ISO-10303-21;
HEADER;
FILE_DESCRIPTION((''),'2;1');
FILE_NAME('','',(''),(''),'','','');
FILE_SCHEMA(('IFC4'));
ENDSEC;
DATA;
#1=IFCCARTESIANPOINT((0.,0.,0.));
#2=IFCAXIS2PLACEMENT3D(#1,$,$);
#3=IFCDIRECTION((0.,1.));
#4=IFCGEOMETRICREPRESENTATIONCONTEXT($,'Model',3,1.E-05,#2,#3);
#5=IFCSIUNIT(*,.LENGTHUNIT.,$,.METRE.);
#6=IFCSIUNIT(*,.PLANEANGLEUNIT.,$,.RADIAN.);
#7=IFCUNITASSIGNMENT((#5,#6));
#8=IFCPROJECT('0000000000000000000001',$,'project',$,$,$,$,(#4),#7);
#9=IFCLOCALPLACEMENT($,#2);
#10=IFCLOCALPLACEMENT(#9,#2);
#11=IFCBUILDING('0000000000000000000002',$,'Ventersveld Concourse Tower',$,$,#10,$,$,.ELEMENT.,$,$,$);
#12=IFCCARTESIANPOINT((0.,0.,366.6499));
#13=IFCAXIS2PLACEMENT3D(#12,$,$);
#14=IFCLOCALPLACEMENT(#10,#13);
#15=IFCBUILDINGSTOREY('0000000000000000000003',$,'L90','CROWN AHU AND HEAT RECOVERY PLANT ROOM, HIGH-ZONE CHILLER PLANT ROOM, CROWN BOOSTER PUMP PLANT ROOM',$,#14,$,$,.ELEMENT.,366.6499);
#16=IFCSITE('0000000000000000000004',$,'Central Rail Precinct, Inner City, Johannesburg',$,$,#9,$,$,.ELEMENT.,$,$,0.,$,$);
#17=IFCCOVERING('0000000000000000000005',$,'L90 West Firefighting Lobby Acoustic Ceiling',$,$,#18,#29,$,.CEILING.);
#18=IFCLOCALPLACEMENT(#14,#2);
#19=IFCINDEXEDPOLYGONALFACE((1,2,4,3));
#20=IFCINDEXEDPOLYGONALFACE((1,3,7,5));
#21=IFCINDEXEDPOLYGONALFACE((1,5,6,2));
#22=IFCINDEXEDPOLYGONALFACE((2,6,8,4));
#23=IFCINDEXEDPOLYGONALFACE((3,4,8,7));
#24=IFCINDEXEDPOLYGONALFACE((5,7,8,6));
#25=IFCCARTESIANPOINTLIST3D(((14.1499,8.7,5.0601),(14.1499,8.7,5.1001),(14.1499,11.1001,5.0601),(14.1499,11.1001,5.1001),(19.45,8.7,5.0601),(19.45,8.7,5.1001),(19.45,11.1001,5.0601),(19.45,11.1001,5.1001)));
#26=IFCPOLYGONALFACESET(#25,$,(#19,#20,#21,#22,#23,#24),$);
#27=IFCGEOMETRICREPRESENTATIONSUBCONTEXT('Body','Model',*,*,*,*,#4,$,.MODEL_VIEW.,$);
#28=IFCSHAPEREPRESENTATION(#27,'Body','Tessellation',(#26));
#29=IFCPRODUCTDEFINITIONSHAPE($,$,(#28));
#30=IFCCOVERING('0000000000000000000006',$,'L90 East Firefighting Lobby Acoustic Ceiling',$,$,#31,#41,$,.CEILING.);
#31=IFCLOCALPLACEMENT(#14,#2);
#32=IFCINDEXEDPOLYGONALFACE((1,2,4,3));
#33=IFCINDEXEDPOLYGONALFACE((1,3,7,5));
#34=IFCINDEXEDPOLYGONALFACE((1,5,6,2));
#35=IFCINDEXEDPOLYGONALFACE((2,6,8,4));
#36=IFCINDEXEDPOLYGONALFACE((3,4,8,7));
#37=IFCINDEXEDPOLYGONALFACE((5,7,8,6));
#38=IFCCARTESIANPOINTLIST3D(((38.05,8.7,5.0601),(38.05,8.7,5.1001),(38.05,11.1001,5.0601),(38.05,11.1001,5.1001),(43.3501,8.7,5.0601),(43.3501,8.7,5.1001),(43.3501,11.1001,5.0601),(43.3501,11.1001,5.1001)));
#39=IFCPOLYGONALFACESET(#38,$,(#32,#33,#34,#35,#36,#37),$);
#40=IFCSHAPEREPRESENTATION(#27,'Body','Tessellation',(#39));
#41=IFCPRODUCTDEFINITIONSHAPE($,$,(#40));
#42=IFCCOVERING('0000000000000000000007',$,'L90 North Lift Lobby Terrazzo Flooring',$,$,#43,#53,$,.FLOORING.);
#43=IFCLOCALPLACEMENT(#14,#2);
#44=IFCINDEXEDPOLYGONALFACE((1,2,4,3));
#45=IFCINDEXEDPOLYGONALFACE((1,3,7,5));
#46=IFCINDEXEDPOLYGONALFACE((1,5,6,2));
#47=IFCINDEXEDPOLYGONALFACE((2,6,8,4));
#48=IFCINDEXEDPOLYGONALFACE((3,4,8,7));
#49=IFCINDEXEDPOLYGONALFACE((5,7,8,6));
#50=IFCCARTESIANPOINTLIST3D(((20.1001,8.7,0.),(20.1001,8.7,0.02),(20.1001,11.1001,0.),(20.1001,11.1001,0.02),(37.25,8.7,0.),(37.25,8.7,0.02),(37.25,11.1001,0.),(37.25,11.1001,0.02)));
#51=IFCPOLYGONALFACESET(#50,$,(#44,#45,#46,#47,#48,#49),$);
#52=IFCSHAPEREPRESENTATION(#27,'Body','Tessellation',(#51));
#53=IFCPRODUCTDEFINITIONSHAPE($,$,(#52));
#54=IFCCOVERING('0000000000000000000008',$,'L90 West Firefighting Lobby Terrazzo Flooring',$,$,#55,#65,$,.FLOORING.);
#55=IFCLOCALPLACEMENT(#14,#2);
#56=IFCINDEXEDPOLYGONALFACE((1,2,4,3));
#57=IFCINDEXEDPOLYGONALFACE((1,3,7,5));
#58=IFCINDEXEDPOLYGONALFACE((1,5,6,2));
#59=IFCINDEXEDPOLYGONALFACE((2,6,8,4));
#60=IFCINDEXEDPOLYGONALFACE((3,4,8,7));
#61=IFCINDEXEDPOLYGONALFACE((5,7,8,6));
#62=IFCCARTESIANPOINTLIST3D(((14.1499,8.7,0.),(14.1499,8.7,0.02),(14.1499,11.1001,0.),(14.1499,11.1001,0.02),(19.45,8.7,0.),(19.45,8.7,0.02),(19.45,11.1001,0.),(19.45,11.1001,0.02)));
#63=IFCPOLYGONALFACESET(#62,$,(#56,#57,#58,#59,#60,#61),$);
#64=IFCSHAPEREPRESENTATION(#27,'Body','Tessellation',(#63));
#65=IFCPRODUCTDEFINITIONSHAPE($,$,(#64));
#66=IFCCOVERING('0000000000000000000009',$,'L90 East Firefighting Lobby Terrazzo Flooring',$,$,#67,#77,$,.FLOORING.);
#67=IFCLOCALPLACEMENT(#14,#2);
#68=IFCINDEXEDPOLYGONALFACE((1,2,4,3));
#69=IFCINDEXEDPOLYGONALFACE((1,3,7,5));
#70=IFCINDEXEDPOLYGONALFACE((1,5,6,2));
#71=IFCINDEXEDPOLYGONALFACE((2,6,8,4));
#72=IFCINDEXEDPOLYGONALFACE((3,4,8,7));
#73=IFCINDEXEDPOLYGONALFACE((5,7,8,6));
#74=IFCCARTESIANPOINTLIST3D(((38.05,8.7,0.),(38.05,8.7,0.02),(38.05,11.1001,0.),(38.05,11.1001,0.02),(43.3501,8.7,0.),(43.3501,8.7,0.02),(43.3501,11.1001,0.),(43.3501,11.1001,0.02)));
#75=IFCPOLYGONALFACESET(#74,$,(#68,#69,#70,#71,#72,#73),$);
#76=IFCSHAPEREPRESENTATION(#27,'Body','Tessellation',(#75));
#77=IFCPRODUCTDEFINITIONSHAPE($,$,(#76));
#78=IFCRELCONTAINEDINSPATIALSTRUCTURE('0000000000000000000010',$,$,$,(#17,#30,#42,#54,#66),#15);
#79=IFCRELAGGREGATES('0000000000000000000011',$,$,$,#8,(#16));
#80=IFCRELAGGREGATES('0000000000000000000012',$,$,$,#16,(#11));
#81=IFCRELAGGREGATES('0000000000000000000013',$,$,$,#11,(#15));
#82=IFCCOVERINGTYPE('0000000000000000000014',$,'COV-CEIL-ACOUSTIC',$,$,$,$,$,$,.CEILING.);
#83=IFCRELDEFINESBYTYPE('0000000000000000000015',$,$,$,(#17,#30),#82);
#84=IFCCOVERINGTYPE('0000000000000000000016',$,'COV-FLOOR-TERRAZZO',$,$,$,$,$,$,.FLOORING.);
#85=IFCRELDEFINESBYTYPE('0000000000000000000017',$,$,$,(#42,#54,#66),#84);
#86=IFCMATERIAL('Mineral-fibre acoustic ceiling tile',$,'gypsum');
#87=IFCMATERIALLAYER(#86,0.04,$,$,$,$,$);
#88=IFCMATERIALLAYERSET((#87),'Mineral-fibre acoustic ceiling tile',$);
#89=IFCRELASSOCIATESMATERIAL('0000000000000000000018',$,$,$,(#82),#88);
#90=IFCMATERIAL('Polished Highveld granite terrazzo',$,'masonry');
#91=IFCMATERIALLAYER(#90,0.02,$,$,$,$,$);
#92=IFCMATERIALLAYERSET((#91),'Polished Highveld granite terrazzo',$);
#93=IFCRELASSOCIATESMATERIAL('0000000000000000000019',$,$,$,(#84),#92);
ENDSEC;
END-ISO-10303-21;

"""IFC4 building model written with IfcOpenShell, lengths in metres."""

from ifc_helpers import new_model, si_unit, direction, frame, origin, place, context, subcontext, project, spatial, polyline, outline, extrude, material, layer, layer_set, type_object, element, save


model = new_model("IFC4")

# Units and contexts
model_context = context("Model", 3, precision=1e-05, world=origin(), true_north=direction((0.0, 1.0)))
body_context = subcontext(model_context, "Body", "Model", "MODEL_VIEW")
ifc_project = project(units=[si_unit("LENGTHUNIT", "METRE"), si_unit("PLANEANGLEUNIT", "RADIAN")], contexts=[model_context])

# Site, building, storey
site_placement = place(None, origin())
site = spatial("IfcSite", under=ifc_project, at=site_placement, Name="Central Rail Precinct, Inner City, Johannesburg", CompositionType="ELEMENT", RefElevation=0.0)
building_placement = place(site_placement, origin())
building = spatial("IfcBuilding", under=site, at=building_placement, Name="Ventersveld Concourse Tower", CompositionType="ELEMENT")
storey_placement = place(building_placement, frame((0.0, 0.0, 366.6499)))
storey = spatial("IfcBuildingStorey", under=building, at=storey_placement, Name="L90", Description="CROWN AHU AND HEAT RECOVERY PLANT ROOM, HIGH-ZONE CHILLER PLANT ROOM, CROWN BOOSTER PUMP PLANT ROOM", CompositionType="ELEMENT", Elevation=366.6499)

# Coverings
ifc_material_1 = material(Name="Mineral-fibre acoustic ceiling tile", Category="gypsum")
ifc_layer_1 = layer(ifc_material_1, 0.04)
ifc_layer_set_1 = layer_set([ifc_layer_1], Name="Mineral-fibre acoustic ceiling tile")
covering_type_1 = type_object("IfcCoveringType", Name="COV-CEIL-ACOUSTIC", PredefinedType="CEILING", material=ifc_layer_set_1)
covering_1_placement = place(storey_placement, frame((0.0, 0.0, 5.0601)))
element("IfcCovering", 1, at=covering_1_placement, inside=storey, type_object=covering_type_1, Name="L90 West Firefighting Lobby Acoustic Ceiling", PredefinedType="CEILING", context=body_context, shape_type="SweptSolid", body=[
    extrude(outline(polyline([(14.1499, 8.7), (19.45, 8.7), (19.45, 11.1001), (14.1499, 11.1001), (14.1499, 8.7)])), origin(), (0.0, 0.0, 1.0), 0.04),
])
covering_2_placement = place(storey_placement, frame((0.0, 0.0, 5.0601)))
element("IfcCovering", 2, at=covering_2_placement, inside=storey, type_object=covering_type_1, Name="L90 East Firefighting Lobby Acoustic Ceiling", PredefinedType="CEILING", context=body_context, shape_type="SweptSolid", body=[
    extrude(outline(polyline([(38.05, 8.7), (43.3501, 8.7), (43.3501, 11.1001), (38.05, 11.1001), (38.05, 8.7)])), origin(), (0.0, 0.0, 1.0), 0.04),
])
ifc_material_2 = material(Name="Polished Highveld granite terrazzo", Category="masonry")
ifc_layer_2 = layer(ifc_material_2, 0.02)
ifc_layer_set_2 = layer_set([ifc_layer_2], Name="Polished Highveld granite terrazzo")
covering_type_2 = type_object("IfcCoveringType", Name="COV-FLOOR-TERRAZZO", PredefinedType="FLOORING", material=ifc_layer_set_2)
covering_3_placement = place(storey_placement, origin())
element("IfcCovering", 3, at=covering_3_placement, inside=storey, type_object=covering_type_2, Name="L90 North Lift Lobby Terrazzo Flooring", PredefinedType="FLOORING", context=body_context, shape_type="SweptSolid", body=[
    extrude(outline(polyline([(20.1001, 8.7), (37.25, 8.7), (37.25, 11.1001), (20.1001, 11.1001), (20.1001, 8.7)])), origin(), (0.0, 0.0, 1.0), 0.02),
])
covering_4_placement = place(storey_placement, origin())
element("IfcCovering", 4, at=covering_4_placement, inside=storey, type_object=covering_type_2, Name="L90 West Firefighting Lobby Terrazzo Flooring", PredefinedType="FLOORING", context=body_context, shape_type="SweptSolid", body=[
    extrude(outline(polyline([(14.1499, 8.7), (19.45, 8.7), (19.45, 11.1001), (14.1499, 11.1001), (14.1499, 8.7)])), origin(), (0.0, 0.0, 1.0), 0.02),
])
covering_5_placement = place(storey_placement, origin())
element("IfcCovering", 5, at=covering_5_placement, inside=storey, type_object=covering_type_2, Name="L90 East Firefighting Lobby Terrazzo Flooring", PredefinedType="FLOORING", context=body_context, shape_type="SweptSolid", body=[
    extrude(outline(polyline([(38.05, 8.7), (43.3501, 8.7), (43.3501, 11.1001), (38.05, 11.1001), (38.05, 8.7)])), origin(), (0.0, 0.0, 1.0), 0.02),
])

save(model, "model.ifc")
